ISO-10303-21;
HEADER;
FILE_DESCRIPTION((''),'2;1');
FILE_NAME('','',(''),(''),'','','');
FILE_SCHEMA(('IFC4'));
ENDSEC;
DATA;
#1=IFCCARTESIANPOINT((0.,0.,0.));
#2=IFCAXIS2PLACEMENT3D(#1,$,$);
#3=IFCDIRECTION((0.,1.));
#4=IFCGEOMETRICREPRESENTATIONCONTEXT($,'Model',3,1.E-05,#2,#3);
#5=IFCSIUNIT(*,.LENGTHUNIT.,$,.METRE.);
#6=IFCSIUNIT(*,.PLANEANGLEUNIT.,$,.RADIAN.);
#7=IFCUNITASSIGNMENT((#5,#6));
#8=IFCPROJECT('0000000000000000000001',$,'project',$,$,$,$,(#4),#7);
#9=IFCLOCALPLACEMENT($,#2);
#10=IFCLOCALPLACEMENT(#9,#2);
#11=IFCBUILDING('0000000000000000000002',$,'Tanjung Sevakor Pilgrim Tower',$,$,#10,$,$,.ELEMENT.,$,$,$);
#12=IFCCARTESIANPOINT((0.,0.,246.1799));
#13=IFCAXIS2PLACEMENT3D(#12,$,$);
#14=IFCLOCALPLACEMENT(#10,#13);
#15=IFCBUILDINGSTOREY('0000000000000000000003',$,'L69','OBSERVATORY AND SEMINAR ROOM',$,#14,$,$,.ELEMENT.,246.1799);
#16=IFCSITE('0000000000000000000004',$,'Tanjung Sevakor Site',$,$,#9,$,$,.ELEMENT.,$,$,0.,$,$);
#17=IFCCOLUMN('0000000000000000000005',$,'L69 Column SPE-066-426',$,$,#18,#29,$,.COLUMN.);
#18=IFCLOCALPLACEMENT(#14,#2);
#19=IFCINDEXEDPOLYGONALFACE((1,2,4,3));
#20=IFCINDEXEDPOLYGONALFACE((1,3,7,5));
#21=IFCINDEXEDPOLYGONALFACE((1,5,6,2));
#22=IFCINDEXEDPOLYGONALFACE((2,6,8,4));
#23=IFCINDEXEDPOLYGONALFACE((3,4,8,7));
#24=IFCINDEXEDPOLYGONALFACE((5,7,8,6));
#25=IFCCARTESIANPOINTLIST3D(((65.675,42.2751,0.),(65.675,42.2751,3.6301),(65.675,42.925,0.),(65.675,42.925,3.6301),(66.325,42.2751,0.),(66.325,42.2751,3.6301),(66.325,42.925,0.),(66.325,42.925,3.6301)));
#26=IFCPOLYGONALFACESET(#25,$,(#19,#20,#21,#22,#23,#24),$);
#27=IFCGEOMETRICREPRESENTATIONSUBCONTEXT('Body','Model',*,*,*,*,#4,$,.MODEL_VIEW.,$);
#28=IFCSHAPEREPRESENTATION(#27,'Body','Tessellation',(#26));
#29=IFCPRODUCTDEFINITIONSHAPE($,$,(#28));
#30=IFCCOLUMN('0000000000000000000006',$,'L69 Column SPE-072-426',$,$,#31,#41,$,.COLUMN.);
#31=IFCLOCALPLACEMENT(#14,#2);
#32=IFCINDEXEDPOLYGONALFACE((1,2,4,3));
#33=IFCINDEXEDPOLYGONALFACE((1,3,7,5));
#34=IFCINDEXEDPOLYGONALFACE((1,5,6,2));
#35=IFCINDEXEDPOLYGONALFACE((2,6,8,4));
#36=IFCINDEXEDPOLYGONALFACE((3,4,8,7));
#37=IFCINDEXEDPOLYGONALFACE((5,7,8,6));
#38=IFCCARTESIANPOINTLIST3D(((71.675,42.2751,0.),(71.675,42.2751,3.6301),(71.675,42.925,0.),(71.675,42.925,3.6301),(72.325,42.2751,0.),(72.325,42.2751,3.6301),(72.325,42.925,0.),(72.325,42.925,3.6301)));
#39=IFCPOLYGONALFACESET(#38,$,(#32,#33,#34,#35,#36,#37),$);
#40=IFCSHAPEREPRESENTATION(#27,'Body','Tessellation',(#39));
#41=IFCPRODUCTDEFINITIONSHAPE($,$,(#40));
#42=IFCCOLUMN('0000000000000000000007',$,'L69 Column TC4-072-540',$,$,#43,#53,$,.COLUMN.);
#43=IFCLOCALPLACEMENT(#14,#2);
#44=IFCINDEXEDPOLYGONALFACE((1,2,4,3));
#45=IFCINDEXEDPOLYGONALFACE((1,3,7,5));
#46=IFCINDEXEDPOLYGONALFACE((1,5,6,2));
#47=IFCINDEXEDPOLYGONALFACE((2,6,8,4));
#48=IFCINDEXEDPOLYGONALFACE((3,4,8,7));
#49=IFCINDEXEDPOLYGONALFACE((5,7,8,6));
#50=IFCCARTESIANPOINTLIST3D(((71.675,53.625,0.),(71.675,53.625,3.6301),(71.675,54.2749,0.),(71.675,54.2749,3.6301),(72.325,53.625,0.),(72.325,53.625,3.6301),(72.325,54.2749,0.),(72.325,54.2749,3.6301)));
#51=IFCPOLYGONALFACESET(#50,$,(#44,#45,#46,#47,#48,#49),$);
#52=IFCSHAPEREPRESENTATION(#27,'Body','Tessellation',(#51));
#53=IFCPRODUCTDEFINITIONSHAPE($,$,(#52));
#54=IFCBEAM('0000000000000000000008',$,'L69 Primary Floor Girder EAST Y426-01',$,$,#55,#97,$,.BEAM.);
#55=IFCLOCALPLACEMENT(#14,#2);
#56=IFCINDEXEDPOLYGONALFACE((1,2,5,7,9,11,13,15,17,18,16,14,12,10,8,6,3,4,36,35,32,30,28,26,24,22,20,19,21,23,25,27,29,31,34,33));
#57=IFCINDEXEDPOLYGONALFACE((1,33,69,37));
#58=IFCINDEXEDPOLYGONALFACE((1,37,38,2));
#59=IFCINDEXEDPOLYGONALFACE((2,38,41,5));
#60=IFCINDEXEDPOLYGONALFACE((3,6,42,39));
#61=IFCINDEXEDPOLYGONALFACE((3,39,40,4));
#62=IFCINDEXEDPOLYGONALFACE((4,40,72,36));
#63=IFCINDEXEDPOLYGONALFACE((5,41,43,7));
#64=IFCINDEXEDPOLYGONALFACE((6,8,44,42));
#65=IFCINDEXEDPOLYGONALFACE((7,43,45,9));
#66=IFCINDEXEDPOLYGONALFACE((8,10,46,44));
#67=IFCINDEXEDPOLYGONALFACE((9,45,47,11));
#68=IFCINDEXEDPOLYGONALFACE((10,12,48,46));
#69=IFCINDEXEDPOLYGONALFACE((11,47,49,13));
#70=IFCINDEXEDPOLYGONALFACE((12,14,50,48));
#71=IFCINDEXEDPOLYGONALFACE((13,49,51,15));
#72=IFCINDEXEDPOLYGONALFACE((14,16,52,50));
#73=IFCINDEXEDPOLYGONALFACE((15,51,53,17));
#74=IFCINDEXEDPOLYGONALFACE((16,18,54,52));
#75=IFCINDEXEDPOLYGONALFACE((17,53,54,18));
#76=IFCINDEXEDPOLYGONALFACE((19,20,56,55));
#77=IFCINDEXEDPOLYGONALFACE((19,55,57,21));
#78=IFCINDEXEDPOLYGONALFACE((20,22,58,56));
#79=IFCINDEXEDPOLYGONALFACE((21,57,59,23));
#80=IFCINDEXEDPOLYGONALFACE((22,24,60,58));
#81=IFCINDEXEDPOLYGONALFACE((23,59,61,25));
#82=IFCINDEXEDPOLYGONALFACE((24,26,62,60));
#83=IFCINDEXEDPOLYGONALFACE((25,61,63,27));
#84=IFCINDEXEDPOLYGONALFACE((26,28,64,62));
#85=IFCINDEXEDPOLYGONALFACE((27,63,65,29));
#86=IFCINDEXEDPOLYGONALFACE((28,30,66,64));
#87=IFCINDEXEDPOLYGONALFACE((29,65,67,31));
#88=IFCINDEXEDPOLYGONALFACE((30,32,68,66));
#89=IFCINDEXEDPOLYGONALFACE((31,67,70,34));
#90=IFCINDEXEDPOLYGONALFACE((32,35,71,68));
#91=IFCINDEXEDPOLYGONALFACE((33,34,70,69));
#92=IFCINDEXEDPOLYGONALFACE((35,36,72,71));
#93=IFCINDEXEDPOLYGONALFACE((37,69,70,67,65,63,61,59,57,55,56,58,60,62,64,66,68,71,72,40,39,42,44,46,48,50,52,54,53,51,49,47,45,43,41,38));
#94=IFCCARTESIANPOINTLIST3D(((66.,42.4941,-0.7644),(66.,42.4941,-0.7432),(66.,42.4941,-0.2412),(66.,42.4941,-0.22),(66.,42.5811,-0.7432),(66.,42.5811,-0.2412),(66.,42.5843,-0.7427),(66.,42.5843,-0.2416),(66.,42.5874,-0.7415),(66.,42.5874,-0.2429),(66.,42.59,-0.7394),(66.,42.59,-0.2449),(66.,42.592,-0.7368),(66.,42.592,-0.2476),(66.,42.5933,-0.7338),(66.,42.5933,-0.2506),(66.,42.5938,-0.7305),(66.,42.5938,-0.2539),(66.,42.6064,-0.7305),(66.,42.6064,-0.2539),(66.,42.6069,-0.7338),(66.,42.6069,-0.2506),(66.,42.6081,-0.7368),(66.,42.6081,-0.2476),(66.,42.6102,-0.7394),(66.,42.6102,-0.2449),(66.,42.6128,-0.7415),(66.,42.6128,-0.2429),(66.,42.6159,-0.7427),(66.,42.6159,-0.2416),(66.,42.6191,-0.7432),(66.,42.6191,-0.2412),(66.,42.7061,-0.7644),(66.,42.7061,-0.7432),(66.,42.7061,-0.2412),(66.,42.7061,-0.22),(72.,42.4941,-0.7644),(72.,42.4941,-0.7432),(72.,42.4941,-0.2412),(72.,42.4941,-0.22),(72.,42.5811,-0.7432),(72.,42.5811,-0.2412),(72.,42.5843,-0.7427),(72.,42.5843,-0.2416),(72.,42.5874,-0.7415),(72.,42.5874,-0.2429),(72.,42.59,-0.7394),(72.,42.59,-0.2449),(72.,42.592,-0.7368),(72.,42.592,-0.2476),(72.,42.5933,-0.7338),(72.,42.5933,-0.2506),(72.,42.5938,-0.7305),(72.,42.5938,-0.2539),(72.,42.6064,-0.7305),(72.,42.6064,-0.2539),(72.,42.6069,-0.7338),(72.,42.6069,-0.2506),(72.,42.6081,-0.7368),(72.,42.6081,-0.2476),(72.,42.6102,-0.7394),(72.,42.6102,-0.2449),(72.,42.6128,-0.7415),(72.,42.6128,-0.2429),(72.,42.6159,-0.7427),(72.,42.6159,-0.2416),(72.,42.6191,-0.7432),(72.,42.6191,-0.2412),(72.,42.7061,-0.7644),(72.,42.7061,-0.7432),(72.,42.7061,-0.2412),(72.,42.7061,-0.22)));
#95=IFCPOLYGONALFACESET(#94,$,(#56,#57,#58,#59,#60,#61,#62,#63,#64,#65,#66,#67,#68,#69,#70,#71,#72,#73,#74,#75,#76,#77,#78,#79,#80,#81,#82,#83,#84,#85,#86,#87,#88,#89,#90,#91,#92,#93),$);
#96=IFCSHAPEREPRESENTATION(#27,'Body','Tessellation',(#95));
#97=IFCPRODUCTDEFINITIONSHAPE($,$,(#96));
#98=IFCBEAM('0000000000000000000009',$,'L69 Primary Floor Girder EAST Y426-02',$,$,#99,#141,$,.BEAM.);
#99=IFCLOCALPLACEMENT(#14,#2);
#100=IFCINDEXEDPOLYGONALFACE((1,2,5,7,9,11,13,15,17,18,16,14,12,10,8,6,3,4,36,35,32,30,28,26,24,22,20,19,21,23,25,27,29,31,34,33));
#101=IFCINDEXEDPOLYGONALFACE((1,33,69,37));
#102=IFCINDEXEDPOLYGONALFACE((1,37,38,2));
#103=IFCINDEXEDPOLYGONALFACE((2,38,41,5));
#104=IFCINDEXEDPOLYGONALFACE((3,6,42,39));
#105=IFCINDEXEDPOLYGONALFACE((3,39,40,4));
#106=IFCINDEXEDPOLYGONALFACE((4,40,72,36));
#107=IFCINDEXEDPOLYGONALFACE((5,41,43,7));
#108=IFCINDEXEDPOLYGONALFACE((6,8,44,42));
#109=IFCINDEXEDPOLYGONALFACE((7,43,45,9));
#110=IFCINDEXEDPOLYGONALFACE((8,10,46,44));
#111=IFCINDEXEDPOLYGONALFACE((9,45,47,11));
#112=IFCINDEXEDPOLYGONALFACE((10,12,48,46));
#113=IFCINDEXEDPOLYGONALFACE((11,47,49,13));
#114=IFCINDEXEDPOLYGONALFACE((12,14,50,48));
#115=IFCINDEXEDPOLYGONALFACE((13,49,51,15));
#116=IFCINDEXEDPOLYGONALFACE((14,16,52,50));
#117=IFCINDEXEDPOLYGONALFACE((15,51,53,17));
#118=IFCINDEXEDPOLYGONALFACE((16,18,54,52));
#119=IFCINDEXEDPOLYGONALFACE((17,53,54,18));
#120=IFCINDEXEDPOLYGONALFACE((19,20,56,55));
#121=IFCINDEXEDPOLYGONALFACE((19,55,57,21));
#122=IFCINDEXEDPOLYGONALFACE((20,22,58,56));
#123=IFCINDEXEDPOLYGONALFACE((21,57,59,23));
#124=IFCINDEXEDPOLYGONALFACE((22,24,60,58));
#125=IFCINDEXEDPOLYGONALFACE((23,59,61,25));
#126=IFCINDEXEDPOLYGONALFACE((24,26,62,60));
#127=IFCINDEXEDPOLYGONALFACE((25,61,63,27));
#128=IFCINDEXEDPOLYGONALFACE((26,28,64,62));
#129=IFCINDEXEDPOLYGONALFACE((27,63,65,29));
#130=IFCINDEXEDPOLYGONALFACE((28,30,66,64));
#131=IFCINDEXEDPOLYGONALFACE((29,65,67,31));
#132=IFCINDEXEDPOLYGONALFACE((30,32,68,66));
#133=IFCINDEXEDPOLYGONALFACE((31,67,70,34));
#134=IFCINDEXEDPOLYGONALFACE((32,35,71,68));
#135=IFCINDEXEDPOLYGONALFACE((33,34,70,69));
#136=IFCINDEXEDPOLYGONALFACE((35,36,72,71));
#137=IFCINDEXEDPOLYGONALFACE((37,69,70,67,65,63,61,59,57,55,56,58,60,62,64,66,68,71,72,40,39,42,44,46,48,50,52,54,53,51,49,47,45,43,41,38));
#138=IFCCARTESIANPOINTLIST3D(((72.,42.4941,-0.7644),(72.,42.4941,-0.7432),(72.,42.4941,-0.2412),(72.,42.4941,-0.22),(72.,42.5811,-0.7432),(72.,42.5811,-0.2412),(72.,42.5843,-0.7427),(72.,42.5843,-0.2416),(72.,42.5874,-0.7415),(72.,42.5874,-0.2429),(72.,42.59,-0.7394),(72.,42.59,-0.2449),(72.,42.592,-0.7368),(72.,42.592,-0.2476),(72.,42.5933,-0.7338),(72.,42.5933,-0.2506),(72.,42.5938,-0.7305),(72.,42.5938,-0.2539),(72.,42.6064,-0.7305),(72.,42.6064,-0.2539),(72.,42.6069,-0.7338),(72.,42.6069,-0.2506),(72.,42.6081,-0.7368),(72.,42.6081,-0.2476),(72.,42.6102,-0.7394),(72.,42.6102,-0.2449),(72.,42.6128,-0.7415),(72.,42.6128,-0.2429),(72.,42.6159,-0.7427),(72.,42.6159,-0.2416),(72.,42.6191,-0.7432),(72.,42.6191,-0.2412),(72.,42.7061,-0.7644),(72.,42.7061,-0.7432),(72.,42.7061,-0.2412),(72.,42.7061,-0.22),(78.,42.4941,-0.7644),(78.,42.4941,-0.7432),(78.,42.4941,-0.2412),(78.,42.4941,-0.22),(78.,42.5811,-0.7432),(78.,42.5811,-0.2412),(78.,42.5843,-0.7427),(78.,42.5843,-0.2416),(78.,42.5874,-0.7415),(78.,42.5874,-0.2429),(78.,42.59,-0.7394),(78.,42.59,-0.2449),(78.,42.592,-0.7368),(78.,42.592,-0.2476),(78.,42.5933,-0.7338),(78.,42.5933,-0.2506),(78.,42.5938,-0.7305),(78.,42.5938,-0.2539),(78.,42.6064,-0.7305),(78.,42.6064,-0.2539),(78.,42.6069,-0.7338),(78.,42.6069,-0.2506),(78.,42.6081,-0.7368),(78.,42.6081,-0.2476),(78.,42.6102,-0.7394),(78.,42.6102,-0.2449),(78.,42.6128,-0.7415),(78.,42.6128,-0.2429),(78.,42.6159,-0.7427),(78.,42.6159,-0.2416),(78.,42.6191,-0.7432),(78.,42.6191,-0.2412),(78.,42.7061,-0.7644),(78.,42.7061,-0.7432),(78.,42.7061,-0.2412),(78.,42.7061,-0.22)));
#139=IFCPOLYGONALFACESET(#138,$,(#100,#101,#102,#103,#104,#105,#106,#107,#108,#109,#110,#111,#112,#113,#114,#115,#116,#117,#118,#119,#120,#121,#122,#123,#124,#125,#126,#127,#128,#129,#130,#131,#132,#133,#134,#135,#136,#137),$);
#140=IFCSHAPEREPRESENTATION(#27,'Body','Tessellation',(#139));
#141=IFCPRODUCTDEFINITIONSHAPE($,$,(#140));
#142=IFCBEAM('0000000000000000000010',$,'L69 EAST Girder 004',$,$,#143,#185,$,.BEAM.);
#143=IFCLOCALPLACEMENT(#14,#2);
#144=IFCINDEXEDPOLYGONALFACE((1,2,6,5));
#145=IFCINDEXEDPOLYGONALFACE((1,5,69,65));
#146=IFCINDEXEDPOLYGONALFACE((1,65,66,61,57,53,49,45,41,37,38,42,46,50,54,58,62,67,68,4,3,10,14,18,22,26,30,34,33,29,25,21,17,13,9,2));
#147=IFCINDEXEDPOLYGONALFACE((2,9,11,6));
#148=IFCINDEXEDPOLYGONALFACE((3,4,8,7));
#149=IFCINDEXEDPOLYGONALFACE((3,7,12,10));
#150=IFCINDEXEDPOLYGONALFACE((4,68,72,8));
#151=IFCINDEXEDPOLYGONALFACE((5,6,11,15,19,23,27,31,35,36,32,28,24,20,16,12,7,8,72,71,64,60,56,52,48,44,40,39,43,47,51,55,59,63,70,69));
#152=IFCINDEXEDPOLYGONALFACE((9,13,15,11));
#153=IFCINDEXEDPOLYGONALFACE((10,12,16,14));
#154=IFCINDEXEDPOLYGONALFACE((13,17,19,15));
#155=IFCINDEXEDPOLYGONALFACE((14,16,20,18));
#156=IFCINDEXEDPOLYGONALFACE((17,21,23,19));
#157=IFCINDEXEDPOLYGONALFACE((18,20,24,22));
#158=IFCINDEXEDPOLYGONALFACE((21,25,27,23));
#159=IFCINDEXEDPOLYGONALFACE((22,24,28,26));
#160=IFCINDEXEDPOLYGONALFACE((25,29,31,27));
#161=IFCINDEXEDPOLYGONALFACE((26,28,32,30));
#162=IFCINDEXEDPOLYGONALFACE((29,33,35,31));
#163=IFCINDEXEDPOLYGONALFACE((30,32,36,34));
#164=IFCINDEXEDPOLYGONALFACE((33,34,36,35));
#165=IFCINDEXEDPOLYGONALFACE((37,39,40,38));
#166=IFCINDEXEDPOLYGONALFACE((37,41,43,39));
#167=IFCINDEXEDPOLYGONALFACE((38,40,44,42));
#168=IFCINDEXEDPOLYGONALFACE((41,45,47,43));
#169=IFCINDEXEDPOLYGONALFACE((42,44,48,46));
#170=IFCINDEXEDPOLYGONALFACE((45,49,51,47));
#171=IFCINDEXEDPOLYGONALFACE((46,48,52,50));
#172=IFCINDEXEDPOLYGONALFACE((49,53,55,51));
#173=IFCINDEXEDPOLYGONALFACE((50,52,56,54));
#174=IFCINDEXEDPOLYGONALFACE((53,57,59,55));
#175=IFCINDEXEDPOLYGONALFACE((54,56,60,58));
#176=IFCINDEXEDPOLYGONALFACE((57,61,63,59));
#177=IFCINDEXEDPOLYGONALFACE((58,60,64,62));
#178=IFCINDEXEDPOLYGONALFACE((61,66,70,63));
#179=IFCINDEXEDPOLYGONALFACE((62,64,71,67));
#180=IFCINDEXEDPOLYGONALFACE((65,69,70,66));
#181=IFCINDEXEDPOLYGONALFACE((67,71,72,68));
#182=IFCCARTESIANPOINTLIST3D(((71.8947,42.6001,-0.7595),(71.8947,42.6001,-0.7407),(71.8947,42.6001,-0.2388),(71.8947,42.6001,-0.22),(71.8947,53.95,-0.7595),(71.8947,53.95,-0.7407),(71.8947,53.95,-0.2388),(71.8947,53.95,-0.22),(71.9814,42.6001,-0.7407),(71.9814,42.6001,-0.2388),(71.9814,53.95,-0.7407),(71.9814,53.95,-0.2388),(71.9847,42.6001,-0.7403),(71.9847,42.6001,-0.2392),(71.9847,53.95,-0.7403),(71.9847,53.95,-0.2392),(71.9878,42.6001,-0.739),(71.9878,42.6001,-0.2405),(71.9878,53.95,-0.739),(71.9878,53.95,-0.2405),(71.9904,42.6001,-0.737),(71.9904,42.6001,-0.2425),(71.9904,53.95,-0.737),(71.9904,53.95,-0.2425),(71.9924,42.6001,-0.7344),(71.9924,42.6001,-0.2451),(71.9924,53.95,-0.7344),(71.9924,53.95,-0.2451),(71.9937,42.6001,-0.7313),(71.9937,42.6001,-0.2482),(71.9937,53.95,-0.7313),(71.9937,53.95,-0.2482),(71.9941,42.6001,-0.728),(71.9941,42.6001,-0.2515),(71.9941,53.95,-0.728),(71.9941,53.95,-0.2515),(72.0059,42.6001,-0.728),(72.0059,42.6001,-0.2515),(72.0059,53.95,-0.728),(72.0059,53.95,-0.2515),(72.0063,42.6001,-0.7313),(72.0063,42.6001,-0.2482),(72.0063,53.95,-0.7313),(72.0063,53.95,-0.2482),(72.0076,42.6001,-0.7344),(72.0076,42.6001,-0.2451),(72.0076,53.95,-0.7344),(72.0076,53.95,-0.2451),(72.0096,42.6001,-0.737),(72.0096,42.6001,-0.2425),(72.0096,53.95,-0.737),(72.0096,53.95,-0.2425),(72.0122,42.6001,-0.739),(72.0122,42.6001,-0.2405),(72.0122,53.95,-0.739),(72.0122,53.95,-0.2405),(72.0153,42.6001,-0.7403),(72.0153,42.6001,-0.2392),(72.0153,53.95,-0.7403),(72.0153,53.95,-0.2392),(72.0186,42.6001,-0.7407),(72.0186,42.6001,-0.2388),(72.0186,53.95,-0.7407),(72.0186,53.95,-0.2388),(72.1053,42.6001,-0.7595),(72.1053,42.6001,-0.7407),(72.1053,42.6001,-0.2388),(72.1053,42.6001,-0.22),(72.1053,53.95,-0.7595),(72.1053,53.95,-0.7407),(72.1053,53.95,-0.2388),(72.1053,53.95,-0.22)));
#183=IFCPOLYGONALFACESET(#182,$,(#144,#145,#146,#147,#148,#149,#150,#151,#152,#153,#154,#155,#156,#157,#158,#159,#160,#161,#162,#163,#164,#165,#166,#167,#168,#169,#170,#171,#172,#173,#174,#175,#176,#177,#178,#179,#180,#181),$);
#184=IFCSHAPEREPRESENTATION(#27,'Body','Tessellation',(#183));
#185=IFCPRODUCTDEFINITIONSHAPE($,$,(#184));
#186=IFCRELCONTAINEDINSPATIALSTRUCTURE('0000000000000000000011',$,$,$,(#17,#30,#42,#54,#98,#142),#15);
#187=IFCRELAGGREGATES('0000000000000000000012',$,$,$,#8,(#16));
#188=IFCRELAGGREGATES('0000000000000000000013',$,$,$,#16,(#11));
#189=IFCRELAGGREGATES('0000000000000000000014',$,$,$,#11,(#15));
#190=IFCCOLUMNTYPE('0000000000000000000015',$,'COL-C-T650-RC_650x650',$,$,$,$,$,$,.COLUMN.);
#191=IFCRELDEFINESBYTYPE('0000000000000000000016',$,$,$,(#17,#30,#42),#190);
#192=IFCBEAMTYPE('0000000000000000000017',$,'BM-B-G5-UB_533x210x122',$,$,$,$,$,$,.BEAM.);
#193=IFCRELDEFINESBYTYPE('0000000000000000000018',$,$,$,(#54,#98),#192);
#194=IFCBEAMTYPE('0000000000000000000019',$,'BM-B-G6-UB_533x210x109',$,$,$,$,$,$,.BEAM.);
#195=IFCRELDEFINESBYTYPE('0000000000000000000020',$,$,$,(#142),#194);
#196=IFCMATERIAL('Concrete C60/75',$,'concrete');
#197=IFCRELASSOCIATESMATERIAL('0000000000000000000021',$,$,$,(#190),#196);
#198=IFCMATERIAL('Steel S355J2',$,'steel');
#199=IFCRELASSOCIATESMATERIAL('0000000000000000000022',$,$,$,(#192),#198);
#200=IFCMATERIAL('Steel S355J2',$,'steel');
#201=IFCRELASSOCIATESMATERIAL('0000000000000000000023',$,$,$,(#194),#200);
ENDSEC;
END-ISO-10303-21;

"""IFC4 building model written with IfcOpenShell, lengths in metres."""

from ifc_helpers import new_model, si_unit, direction, frame, origin, origin_2d, place, context, subcontext, project, spatial, rectangle, i_section, extrude, material, material_profile, profile_set, type_object, element, save


model = new_model("IFC4")

# Units and contexts
model_context = context("Model", 3, precision=1e-05, world=origin(), true_north=direction((0.0, 1.0)))
body_context = subcontext(model_context, "Body", "Model", "MODEL_VIEW")
ifc_project = project(units=[si_unit("LENGTHUNIT", "METRE"), si_unit("PLANEANGLEUNIT", "RADIAN")], contexts=[model_context])

# Site, building, storey
site_placement = place(None, origin())
site = spatial("IfcSite", under=ifc_project, at=site_placement, Name="Tanjung Sevakor Site", CompositionType="ELEMENT", RefElevation=0.0)
building_placement = place(site_placement, origin())
building = spatial("IfcBuilding", under=site, at=building_placement, Name="Tanjung Sevakor Pilgrim Tower", CompositionType="ELEMENT")
storey_placement = place(building_placement, frame((0.0, 0.0, 246.1799)))
storey = spatial("IfcBuildingStorey", under=building, at=storey_placement, Name="L69", Description="OBSERVATORY AND SEMINAR ROOM", CompositionType="ELEMENT", Elevation=246.1799)

# Columns
ifc_material_1 = material(Name="Concrete C60/75", Category="concrete")
ifc_material_profile_1 = material_profile(ifc_material_1, rectangle(XDim=0.6499, YDim=0.6499, at=origin_2d()))
ifc_profile_set_1 = profile_set([ifc_material_profile_1], Name="Concrete C60/75")
column_type = type_object("IfcColumnType", Name="COL-C-T650-RC_650x650", PredefinedType="COLUMN", material=ifc_profile_set_1)
for number, where, z_axis, x_axis, name in (
    (1, (66.0, 42.6001, 0.0), (0.0, 0.0, 1.0), (1.0, 0.0, 0.0), "L69 Column SPE-066-426"),
    (2, (72.0, 42.6001, 0.0), (0.0, 0.0, 1.0), (1.0, 0.0, 0.0), "L69 Column SPE-072-426"),
    (3, (72.0, 53.95, 0.0), (0.0, 0.0, 1.0), (1.0, 0.0, 0.0), "L69 Column TC4-072-540"),
):
    element("IfcColumn", number, at=place(storey_placement, frame(where, z_axis=z_axis, x_axis=x_axis)), inside=storey, type_object=column_type, Name=name, PredefinedType="COLUMN", context=body_context, shape_type="SweptSolid", body=[
        extrude(rectangle(XDim=0.6499, YDim=0.6499, at=origin_2d()), origin(), (0.0, 0.0, 1.0), 3.6301),
    ])

# Beams
ifc_material_2 = material(Name="Steel S355J2", Category="steel")
ifc_material_profile_2 = material_profile(ifc_material_2, i_section(OverallWidth=0.2119, OverallDepth=0.5444, WebThickness=0.0127, FlangeThickness=0.0212, FilletRadius=0.0127, at=origin_2d()))
ifc_profile_set_2 = profile_set([ifc_material_profile_2], Name="Steel S355J2")
beam_type_1 = type_object("IfcBeamType", Name="BM-B-G5-UB_533x210x122", PredefinedType="BEAM", material=ifc_profile_set_2)
for number, where, z_axis, x_axis, name in (
    (4, (66.0, 42.6001, -0.4922), (1.0, 0.0, 0.0), (0.0, 1.0, 0.0), "L69 Primary Floor Girder EAST Y426-01"),
    (5, (72.0, 42.6001, -0.4922), (1.0, 0.0, 0.0), (0.0, 1.0, 0.0), "L69 Primary Floor Girder EAST Y426-02"),
):
    element("IfcBeam", number, at=place(storey_placement, frame(where, z_axis=z_axis, x_axis=x_axis)), inside=storey, type_object=beam_type_1, Name=name, PredefinedType="BEAM", context=body_context, shape_type="SweptSolid", body=[
        extrude(i_section(OverallWidth=0.2119, OverallDepth=0.5444, WebThickness=0.0127, FlangeThickness=0.0212, FilletRadius=0.0127, at=origin_2d()), origin(), (0.0, 0.0, 1.0), 6.0),
    ])
ifc_material_3 = material(Name="Steel S355J2", Category="steel")
ifc_material_profile_3 = material_profile(ifc_material_3, i_section(OverallWidth=0.2107, OverallDepth=0.5396, WebThickness=0.0117, FlangeThickness=0.0188, FilletRadius=0.0127, at=origin_2d()))
ifc_profile_set_3 = profile_set([ifc_material_profile_3], Name="Steel S355J2")
beam_type_2 = type_object("IfcBeamType", Name="BM-B-G6-UB_533x210x109", PredefinedType="BEAM", material=ifc_profile_set_3)
beam_placement = place(storey_placement, frame((72.0, 42.6001, -0.4897), z_axis=(0.0, 1.0, 0.0), x_axis=(-1.0, 0.0, 0.0)))
element("IfcBeam", 6, at=beam_placement, inside=storey, type_object=beam_type_2, Name="L69 EAST Girder 004", PredefinedType="BEAM", context=body_context, shape_type="SweptSolid", body=[
    extrude(i_section(OverallWidth=0.2107, OverallDepth=0.5396, WebThickness=0.0117, FlangeThickness=0.0188, FilletRadius=0.0127, at=origin_2d()), origin(), (0.0, 0.0, 1.0), 11.3499),
])

save(model, "model.ifc")
